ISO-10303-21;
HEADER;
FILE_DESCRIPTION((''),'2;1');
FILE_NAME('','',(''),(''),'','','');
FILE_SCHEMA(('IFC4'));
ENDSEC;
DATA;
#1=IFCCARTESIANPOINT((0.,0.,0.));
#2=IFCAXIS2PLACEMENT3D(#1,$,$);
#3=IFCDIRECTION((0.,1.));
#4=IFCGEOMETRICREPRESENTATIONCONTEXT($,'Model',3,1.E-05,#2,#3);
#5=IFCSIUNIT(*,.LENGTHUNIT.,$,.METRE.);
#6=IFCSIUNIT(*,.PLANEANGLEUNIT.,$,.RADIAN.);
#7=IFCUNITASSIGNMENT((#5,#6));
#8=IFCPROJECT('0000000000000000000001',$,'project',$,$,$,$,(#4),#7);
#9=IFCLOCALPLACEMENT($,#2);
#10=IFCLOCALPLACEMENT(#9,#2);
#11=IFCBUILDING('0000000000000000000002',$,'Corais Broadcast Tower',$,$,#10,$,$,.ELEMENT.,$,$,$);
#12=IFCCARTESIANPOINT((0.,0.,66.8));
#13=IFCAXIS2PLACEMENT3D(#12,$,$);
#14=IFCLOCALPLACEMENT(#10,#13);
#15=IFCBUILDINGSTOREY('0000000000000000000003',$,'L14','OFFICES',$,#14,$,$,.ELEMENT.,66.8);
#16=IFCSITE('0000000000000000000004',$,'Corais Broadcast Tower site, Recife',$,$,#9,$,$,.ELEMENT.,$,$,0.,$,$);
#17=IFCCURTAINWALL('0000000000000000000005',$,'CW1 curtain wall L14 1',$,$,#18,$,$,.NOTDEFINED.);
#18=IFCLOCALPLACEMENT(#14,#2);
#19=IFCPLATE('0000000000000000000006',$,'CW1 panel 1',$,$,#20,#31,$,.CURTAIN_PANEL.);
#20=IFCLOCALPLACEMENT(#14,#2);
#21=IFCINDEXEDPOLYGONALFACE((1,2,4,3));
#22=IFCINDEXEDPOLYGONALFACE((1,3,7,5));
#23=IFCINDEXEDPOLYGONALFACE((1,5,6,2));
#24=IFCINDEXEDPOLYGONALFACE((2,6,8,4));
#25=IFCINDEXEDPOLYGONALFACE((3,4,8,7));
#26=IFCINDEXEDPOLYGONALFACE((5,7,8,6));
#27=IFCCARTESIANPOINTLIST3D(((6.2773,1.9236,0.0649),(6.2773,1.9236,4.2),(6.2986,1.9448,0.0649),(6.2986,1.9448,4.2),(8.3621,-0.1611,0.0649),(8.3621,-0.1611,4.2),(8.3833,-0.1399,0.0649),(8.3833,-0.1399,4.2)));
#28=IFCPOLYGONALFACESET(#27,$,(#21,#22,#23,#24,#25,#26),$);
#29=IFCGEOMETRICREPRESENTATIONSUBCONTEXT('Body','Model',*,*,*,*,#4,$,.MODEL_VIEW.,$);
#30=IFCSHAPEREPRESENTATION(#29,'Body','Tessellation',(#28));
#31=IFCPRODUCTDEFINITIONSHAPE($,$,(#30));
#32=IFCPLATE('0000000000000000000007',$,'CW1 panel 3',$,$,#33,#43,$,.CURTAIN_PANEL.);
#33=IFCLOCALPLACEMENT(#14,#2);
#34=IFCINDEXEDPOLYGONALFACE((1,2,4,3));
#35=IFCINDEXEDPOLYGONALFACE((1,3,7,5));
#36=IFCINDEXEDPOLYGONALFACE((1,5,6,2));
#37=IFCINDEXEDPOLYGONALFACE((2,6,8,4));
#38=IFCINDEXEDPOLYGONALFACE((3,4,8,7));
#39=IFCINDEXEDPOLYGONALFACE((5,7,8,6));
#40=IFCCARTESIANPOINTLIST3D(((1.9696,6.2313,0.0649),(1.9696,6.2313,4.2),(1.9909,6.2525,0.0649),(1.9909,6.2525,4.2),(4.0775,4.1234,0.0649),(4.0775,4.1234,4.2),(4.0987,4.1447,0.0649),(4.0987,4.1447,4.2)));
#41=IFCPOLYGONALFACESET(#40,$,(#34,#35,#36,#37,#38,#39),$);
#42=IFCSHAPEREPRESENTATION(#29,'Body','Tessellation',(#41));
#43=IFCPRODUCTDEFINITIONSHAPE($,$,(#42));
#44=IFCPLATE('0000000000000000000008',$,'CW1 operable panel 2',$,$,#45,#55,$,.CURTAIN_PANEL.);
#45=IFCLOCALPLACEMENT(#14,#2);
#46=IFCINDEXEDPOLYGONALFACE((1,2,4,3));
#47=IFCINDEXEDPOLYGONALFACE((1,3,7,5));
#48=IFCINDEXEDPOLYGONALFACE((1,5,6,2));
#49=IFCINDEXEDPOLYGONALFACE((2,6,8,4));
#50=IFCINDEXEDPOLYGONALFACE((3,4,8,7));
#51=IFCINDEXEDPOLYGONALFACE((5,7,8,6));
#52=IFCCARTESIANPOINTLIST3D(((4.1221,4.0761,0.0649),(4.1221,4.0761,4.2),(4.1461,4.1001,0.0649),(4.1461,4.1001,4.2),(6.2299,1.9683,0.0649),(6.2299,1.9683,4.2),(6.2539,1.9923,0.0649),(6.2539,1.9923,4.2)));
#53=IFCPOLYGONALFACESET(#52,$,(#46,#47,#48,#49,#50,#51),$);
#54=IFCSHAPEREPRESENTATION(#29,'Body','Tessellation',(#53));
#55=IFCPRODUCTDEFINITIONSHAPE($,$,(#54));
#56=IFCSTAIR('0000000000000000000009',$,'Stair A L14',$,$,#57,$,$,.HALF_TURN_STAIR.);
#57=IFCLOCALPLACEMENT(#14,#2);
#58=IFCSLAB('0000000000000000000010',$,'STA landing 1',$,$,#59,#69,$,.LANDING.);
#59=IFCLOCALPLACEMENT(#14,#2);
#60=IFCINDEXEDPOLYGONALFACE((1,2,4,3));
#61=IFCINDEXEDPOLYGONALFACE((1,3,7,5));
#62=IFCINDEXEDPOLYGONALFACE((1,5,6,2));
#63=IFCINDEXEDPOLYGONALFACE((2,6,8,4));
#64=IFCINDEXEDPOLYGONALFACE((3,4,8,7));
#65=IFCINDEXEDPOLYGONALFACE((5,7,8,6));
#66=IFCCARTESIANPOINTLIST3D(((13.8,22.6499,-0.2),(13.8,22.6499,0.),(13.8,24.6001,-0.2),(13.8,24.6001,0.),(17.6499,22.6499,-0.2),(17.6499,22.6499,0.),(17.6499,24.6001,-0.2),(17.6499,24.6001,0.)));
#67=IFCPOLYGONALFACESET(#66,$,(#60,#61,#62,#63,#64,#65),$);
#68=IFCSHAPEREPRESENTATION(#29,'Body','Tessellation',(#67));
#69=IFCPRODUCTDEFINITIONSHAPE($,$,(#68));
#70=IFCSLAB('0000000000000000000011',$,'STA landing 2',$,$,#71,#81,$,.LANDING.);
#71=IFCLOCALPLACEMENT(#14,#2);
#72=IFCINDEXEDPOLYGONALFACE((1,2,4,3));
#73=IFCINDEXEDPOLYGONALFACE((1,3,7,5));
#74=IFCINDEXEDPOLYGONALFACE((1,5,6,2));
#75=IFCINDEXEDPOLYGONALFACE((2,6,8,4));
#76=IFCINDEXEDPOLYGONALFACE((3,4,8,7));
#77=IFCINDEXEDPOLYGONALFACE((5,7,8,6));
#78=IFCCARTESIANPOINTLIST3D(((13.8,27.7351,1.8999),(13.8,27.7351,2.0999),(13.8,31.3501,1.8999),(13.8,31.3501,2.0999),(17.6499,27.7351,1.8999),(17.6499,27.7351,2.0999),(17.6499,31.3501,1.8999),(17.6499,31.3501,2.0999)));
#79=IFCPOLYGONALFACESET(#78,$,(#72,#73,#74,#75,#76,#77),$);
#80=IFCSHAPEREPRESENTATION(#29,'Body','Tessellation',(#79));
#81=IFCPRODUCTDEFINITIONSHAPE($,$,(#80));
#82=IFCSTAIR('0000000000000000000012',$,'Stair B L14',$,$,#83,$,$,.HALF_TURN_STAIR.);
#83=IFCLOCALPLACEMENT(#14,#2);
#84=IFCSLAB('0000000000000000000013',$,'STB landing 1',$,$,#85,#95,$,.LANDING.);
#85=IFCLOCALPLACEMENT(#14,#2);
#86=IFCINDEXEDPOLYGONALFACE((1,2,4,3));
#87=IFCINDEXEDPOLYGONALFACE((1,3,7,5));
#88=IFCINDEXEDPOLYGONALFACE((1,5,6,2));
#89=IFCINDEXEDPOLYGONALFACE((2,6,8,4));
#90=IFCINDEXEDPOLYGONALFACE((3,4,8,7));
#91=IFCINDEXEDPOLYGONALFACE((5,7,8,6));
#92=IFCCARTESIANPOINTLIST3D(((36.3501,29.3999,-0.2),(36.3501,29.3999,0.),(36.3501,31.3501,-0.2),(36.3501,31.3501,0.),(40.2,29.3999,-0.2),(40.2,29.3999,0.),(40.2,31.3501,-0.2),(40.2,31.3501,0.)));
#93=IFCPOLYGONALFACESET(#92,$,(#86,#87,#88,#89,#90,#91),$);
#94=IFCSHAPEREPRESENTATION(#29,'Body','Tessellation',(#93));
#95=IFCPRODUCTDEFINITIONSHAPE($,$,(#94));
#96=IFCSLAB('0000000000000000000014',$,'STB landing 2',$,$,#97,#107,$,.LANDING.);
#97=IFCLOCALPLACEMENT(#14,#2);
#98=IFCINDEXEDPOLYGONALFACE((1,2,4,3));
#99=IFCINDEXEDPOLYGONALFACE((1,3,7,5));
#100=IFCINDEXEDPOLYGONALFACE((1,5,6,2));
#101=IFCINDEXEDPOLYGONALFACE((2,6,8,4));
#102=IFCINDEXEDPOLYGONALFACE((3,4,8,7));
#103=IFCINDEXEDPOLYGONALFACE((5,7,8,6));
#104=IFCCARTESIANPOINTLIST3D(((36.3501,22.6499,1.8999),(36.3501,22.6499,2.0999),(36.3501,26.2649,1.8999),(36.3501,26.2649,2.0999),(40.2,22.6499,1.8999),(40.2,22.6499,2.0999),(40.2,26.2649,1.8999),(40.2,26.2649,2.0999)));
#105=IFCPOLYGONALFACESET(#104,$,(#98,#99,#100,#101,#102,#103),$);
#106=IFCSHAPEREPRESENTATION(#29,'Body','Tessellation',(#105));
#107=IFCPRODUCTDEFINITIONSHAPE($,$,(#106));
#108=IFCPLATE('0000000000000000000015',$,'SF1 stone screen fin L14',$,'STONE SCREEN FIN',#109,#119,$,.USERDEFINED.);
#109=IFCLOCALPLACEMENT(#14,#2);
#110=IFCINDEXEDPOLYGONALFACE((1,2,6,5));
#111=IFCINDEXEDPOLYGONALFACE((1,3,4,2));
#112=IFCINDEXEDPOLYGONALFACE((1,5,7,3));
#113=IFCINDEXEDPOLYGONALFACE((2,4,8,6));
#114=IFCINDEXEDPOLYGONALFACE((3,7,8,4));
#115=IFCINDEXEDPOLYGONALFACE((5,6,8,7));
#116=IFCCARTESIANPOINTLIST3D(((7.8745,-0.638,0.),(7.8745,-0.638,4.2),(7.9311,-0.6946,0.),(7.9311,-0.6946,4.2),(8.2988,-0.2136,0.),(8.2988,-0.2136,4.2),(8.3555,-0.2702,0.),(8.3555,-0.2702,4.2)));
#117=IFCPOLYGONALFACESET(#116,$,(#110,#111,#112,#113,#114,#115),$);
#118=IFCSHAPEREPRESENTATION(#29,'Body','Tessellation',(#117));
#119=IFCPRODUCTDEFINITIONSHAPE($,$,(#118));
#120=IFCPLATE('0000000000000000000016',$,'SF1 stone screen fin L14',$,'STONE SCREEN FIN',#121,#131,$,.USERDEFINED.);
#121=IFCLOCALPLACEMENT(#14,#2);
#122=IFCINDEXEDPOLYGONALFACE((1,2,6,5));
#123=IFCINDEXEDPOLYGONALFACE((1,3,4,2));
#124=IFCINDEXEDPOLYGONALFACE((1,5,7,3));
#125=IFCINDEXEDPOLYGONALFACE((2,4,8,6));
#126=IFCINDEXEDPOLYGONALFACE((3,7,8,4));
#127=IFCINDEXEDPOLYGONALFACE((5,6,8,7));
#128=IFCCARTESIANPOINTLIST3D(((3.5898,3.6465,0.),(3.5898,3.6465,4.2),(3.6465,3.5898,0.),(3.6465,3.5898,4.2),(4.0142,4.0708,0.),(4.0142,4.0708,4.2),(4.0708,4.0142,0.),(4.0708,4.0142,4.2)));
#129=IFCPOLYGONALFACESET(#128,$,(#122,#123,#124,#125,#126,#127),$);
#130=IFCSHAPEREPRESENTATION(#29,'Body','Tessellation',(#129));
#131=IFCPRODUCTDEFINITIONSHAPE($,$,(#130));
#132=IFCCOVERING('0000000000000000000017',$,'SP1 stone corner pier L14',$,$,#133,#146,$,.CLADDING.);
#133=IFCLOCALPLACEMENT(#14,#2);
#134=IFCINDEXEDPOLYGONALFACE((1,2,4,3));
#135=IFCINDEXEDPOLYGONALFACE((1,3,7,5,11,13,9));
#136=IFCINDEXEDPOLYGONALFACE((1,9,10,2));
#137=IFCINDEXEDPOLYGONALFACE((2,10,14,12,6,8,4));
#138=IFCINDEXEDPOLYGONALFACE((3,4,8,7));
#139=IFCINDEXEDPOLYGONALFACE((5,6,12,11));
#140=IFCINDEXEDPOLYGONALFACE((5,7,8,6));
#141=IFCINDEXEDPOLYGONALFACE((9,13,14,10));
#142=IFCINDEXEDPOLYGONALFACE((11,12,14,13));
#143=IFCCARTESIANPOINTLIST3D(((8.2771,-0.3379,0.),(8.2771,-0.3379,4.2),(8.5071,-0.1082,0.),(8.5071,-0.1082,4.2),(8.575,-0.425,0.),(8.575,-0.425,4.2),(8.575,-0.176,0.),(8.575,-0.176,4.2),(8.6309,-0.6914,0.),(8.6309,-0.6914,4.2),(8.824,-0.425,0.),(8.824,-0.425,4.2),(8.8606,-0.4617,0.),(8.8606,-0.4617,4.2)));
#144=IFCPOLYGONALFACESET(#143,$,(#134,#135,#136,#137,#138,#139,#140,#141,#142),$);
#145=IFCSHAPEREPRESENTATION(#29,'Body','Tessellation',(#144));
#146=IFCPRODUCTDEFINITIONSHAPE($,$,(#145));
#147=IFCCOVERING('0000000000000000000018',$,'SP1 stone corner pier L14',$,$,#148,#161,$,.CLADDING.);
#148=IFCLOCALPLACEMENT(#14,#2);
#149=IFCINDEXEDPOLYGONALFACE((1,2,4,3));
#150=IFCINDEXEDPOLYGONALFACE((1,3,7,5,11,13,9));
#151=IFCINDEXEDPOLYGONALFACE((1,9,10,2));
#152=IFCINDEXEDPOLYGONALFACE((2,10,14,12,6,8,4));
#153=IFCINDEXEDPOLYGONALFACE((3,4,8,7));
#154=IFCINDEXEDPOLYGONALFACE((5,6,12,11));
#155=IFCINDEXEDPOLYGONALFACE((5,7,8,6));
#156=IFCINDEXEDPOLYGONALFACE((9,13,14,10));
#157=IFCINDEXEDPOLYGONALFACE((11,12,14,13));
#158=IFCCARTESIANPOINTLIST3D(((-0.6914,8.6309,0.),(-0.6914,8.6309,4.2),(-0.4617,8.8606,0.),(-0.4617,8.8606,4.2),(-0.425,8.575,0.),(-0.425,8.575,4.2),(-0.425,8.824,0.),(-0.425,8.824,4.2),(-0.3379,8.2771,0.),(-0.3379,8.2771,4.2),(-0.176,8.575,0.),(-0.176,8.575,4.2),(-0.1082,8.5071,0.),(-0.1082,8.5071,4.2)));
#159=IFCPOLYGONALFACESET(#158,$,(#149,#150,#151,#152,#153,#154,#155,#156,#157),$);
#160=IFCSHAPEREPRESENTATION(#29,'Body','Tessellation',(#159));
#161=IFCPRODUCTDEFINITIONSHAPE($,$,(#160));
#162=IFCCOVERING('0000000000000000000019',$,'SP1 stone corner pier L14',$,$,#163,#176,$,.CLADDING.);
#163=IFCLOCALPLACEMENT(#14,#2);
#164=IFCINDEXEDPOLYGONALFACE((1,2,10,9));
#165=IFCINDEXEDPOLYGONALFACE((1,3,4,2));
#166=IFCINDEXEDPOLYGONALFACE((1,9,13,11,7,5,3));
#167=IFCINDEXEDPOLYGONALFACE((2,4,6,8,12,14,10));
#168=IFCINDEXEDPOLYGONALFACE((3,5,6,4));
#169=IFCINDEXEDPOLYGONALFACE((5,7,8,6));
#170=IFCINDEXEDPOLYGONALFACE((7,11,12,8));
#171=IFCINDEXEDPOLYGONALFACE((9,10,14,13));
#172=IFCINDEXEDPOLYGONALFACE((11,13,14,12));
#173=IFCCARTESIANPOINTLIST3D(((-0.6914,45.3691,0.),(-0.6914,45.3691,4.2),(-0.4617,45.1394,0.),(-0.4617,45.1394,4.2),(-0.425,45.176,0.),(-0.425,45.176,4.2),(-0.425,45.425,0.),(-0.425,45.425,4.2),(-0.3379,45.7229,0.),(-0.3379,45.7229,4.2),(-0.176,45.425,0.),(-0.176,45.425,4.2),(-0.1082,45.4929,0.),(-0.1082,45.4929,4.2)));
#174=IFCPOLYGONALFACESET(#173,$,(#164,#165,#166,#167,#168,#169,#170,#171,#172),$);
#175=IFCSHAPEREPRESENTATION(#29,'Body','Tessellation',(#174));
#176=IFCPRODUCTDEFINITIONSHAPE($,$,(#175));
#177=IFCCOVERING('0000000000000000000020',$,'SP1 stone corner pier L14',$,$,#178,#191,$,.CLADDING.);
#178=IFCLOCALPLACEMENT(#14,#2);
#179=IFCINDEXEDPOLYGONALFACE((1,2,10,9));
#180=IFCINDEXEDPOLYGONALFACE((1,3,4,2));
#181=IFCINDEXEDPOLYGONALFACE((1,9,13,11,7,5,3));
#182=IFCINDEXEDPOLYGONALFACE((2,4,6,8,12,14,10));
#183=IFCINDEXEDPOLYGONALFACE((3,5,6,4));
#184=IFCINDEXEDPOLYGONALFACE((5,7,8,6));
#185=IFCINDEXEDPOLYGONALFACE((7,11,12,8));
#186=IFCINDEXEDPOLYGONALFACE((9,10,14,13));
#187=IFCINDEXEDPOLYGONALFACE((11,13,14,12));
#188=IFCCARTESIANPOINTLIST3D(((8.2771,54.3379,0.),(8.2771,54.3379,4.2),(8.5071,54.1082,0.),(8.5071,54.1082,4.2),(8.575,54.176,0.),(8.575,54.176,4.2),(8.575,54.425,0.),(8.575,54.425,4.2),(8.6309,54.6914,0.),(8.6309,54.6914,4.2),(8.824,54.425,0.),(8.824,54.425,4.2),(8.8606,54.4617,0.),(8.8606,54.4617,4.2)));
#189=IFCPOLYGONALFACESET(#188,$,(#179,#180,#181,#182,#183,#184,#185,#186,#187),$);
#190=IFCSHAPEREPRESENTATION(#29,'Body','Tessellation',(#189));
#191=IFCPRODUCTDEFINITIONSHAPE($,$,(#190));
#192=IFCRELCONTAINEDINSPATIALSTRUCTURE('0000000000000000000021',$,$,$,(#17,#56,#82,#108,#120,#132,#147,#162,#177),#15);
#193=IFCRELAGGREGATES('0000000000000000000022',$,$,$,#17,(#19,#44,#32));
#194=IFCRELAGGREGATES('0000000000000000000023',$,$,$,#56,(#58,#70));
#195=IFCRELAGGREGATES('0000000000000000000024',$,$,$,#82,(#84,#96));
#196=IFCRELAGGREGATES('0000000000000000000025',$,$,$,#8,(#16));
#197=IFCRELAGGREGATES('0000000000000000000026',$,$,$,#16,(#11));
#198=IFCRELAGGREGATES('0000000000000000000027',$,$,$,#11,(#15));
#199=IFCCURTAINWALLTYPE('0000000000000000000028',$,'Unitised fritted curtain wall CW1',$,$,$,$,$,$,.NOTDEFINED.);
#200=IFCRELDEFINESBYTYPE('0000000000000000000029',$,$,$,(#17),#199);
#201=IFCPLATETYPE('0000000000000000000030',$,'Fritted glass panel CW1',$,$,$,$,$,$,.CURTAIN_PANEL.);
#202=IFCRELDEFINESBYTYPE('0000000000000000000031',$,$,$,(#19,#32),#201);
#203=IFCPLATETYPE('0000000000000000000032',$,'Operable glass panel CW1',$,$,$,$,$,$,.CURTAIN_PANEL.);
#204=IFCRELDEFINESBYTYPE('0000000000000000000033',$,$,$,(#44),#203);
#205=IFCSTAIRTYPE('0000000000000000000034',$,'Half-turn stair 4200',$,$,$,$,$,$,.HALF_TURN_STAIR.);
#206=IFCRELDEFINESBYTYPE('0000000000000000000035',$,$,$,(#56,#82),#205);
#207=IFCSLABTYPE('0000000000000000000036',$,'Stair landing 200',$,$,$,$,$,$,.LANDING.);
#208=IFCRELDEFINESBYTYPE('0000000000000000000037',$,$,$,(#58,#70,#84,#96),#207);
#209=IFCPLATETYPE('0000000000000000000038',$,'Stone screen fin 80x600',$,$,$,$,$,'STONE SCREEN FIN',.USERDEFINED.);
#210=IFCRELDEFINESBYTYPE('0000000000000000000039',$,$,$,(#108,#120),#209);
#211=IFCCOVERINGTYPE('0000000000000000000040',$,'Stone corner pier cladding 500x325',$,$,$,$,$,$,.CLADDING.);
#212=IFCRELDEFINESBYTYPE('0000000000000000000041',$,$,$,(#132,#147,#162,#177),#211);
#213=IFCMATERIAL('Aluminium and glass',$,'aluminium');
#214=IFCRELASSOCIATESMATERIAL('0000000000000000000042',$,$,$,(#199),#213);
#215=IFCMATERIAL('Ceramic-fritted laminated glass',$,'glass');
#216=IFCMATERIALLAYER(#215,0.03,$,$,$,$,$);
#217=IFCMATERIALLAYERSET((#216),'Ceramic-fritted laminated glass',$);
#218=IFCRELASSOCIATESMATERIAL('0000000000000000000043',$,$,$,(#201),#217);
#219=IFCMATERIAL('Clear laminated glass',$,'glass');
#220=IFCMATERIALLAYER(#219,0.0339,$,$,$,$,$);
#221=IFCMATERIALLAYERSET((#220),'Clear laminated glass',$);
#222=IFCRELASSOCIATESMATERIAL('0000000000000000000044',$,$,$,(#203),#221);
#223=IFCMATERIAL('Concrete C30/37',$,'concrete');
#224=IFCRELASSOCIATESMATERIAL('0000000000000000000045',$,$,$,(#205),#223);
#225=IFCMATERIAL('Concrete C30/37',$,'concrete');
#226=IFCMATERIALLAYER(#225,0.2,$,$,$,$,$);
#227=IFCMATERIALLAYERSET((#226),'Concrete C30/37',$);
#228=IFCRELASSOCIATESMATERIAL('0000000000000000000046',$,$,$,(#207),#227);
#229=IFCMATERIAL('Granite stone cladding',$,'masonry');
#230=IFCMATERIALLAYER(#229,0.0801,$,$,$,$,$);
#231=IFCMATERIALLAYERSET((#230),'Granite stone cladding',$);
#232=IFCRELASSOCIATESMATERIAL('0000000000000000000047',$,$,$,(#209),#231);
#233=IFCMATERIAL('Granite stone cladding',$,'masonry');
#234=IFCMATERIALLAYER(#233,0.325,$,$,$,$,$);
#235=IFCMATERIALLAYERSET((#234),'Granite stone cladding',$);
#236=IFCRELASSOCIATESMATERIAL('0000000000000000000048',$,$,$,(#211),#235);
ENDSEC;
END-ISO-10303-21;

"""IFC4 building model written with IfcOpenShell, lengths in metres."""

from ifc_helpers import new_model, si_unit, direction, frame, origin, origin_2d, place, context, subcontext, project, spatial, polyline, rectangle, outline, extrude, material, layer, layer_set, type_object, element, aggregate, save


model = new_model("IFC4")

# Units and contexts
model_context = context("Model", 3, precision=1e-05, world=origin(), true_north=direction((0.0, 1.0)))
body_context = subcontext(model_context, "Body", "Model", "MODEL_VIEW")
ifc_project = project(units=[si_unit("LENGTHUNIT", "METRE"), si_unit("PLANEANGLEUNIT", "RADIAN")], contexts=[model_context])

# Site, building, storey
site_placement = place(None, origin())
site = spatial("IfcSite", under=ifc_project, at=site_placement, Name="Corais Broadcast Tower site, Recife", CompositionType="ELEMENT", RefElevation=0.0)
building_placement = place(site_placement, origin())
building = spatial("IfcBuilding", under=site, at=building_placement, Name="Corais Broadcast Tower", CompositionType="ELEMENT")
storey_placement = place(building_placement, frame((0.0, 0.0, 66.8)))
storey = spatial("IfcBuildingStorey", under=building, at=storey_placement, Name="L14", Description="OFFICES", CompositionType="ELEMENT", Elevation=66.8)

# Curtain wall
ifc_material_1 = material(Name="Aluminium and glass", Category="aluminium")
curtain_wall_type = type_object("IfcCurtainWallType", Name="Unitised fritted curtain wall CW1", PredefinedType="NOTDEFINED", material=ifc_material_1)
curtain_wall_placement = place(storey_placement, origin())
curtain_wall = element("IfcCurtainWall", 1, at=curtain_wall_placement, inside=storey, type_object=curtain_wall_type, Name="CW1 curtain wall L14 1", PredefinedType="NOTDEFINED")

# Plates
ifc_material_2 = material(Name="Ceramic-fritted laminated glass", Category="glass")
ifc_layer_1 = layer(ifc_material_2, 0.03)
ifc_layer_set_1 = layer_set([ifc_layer_1], Name="Ceramic-fritted laminated glass")
plate_type_1 = type_object("IfcPlateType", Name="Fritted glass panel CW1", PredefinedType="CURTAIN_PANEL", material=ifc_layer_set_1)
plate_1_placement = place(storey_placement, frame((7.3303, 0.8918, 0.0649), z_axis=(0.0, 0.0, 1.0), x_axis=(-0.707107, 0.707107, 0.0)))
plate_1 = element("IfcPlate", 2, at=plate_1_placement, type_object=plate_type_1, Name="CW1 panel 1", PredefinedType="CURTAIN_PANEL", context=body_context, shape_type="SweptSolid", body=[
    extrude(rectangle(XDim=2.9482, YDim=0.03, at=origin_2d()), origin(), (0.0, 0.0, 1.0), 4.135),
])
plate_2_placement = place(storey_placement, frame((3.0342, 5.188, 0.0649), z_axis=(0.0, 0.0, 1.0), x_axis=(-0.707107, 0.707107, 0.0)))
plate_2 = element("IfcPlate", 3, at=plate_2_placement, type_object=plate_type_1, Name="CW1 panel 3", PredefinedType="CURTAIN_PANEL", context=body_context, shape_type="SweptSolid", body=[
    extrude(rectangle(XDim=2.981, YDim=0.03, at=origin_2d()), origin(), (0.0, 0.0, 1.0), 4.135),
])
ifc_material_3 = material(Name="Clear laminated glass", Category="glass")
ifc_layer_2 = layer(ifc_material_3, 0.0339)
ifc_layer_set_2 = layer_set([ifc_layer_2], Name="Clear laminated glass")
plate_type_2 = type_object("IfcPlateType", Name="Operable glass panel CW1", PredefinedType="CURTAIN_PANEL", material=ifc_layer_set_2)
plate_3_placement = place(storey_placement, frame((5.188, 3.0342, 0.0649), z_axis=(0.0, 0.0, 1.0), x_axis=(-0.707107, 0.707107, 0.0)))
plate_3 = element("IfcPlate", 4, at=plate_3_placement, type_object=plate_type_2, Name="CW1 operable panel 2", PredefinedType="CURTAIN_PANEL", context=body_context, shape_type="SweptSolid", body=[
    extrude(rectangle(XDim=2.981, YDim=0.0339, at=origin_2d()), origin(), (0.0, 0.0, 1.0), 4.135),
])
aggregate(curtain_wall, [plate_1, plate_3, plate_2])

# Stairs, slabs
ifc_material_4 = material(Name="Concrete C30/37", Category="concrete")
stair_type = type_object("IfcStairType", Name="Half-turn stair 4200", PredefinedType="HALF_TURN_STAIR", material=ifc_material_4)
stair_1_placement = place(storey_placement, origin())
stair_1 = element("IfcStair", 5, at=stair_1_placement, inside=storey, type_object=stair_type, Name="Stair A L14", PredefinedType="HALF_TURN_STAIR")
ifc_material_5 = material(Name="Concrete C30/37", Category="concrete")
ifc_layer_3 = layer(ifc_material_5, 0.2)
ifc_layer_set_3 = layer_set([ifc_layer_3], Name="Concrete C30/37")
slab_type_1 = type_object("IfcSlabType", Name="Stair landing 200", PredefinedType="LANDING", material=ifc_layer_set_3)
slab_1_placement = place(storey_placement, frame((0.0, 0.0, -0.2)))
slab_1 = element("IfcSlab", 6, at=slab_1_placement, type_object=slab_type_1, Name="STA landing 1", PredefinedType="LANDING", context=body_context, shape_type="SweptSolid", body=[
    extrude(outline(polyline([(13.8, 22.6499), (17.6499, 22.6499), (17.6499, 24.6001), (13.8, 24.6001), (13.8, 22.6499)])), origin(), (0.0, 0.0, 1.0), 0.2),
])
slab_2_placement = place(storey_placement, frame((0.0, 0.0, 1.8999)))
slab_2 = element("IfcSlab", 7, at=slab_2_placement, type_object=slab_type_1, Name="STA landing 2", PredefinedType="LANDING", context=body_context, shape_type="SweptSolid", body=[
    extrude(outline(polyline([(13.8, 27.7351), (17.6499, 27.7351), (17.6499, 31.3501), (13.8, 31.3501), (13.8, 27.7351)])), origin(), (0.0, 0.0, 1.0), 0.2),
])
aggregate(stair_1, [slab_1, slab_2])
stair_2_placement = place(storey_placement, origin())
stair_2 = element("IfcStair", 8, at=stair_2_placement, inside=storey, type_object=stair_type, Name="Stair B L14", PredefinedType="HALF_TURN_STAIR")
slab_3_placement = place(storey_placement, frame((0.0, 0.0, -0.2)))
slab_3 = element("IfcSlab", 9, at=slab_3_placement, type_object=slab_type_1, Name="STB landing 1", PredefinedType="LANDING", context=body_context, shape_type="SweptSolid", body=[
    extrude(outline(polyline([(36.3501, 29.3999), (40.2, 29.3999), (40.2, 31.3501), (36.3501, 31.3501), (36.3501, 29.3999)])), origin(), (0.0, 0.0, 1.0), 0.2),
])
slab_4_placement = place(storey_placement, frame((0.0, 0.0, 1.8999)))
slab_4 = element("IfcSlab", 10, at=slab_4_placement, type_object=slab_type_1, Name="STB landing 2", PredefinedType="LANDING", context=body_context, shape_type="SweptSolid", body=[
    extrude(outline(polyline([(36.3501, 22.6499), (40.2, 22.6499), (40.2, 26.2649), (36.3501, 26.2649), (36.3501, 22.6499)])), origin(), (0.0, 0.0, 1.0), 0.2),
])
aggregate(stair_2, [slab_3, slab_4])

# Plates
ifc_material_6 = material(Name="Granite stone cladding", Category="masonry")
ifc_layer_4 = layer(ifc_material_6, 0.0801)
ifc_layer_set_4 = layer_set([ifc_layer_4], Name="Granite stone cladding")
plate_type_3 = type_object("IfcPlateType", Name="Stone screen fin 80x600", ElementType="STONE SCREEN FIN", PredefinedType="USERDEFINED", material=ifc_layer_set_4)
for number, where, z_axis, x_axis, name in (
    (11, (8.115, -0.4541, 0.0), (0.0, 0.0, 1.0), (-0.707107, 0.707107, 0.0), "SF1 stone screen fin L14"),
    (12, (3.8303, 3.8303, 0.0), (0.0, 0.0, 1.0), (-0.707107, 0.707107, 0.0), "SF1 stone screen fin L14"),
):
    element("IfcPlate", number, at=place(storey_placement, frame(where, z_axis=z_axis, x_axis=x_axis)), inside=storey, type_object=plate_type_3, Name=name, ObjectType="STONE SCREEN FIN", PredefinedType="USERDEFINED", context=body_context, shape_type="SweptSolid", body=[
        extrude(rectangle(XDim=0.0801, YDim=0.6001, at=origin_2d()), origin(), (0.0, 0.0, 1.0), 4.2),
    ])

# Coverings
ifc_material_7 = material(Name="Granite stone cladding", Category="masonry")
ifc_layer_5 = layer(ifc_material_7, 0.325)
ifc_layer_set_5 = layer_set([ifc_layer_5], Name="Granite stone cladding")
covering_type_1 = type_object("IfcCoveringType", Name="Stone corner pier cladding 500x325", PredefinedType="CLADDING", material=ifc_layer_set_5)
covering_1_placement = place(storey_placement, origin())
element("IfcCovering", 13, at=covering_1_placement, inside=storey, type_object=covering_type_1, Name="SP1 stone corner pier L14", PredefinedType="CLADDING", context=body_context, shape_type="SweptSolid", body=[
    extrude(outline(polyline([(8.8606, -0.4617), (8.824, -0.425), (8.575, -0.425), (8.575, -0.176), (8.5071, -0.1082), (8.2771, -0.3379), (8.6309, -0.6914), (8.8606, -0.4617)])), origin(), (0.0, 0.0, 1.0), 4.2),
])
covering_2_placement = place(storey_placement, origin())
element("IfcCovering", 14, at=covering_2_placement, inside=storey, type_object=covering_type_1, Name="SP1 stone corner pier L14", PredefinedType="CLADDING", context=body_context, shape_type="SweptSolid", body=[
    extrude(outline(polyline([(-0.425, 8.824), (-0.4617, 8.8606), (-0.6914, 8.6309), (-0.3379, 8.2771), (-0.1082, 8.5071), (-0.176, 8.575), (-0.425, 8.575), (-0.425, 8.824)])), origin(), (0.0, 0.0, 1.0), 4.2),
])
covering_3_placement = place(storey_placement, origin())
element("IfcCovering", 15, at=covering_3_placement, inside=storey, type_object=covering_type_1, Name="SP1 stone corner pier L14", PredefinedType="CLADDING", context=body_context, shape_type="SweptSolid", body=[
    extrude(outline(polyline([(-0.4617, 45.1394), (-0.425, 45.176), (-0.425, 45.425), (-0.176, 45.425), (-0.1082, 45.4929), (-0.3379, 45.7229), (-0.6914, 45.3691), (-0.4617, 45.1394)])), origin(), (0.0, 0.0, 1.0), 4.2),
])
covering_4_placement = place(storey_placement, origin())
element("IfcCovering", 16, at=covering_4_placement, inside=storey, type_object=covering_type_1, Name="SP1 stone corner pier L14", PredefinedType="CLADDING", context=body_context, shape_type="SweptSolid", body=[
    extrude(outline(polyline([(8.824, 54.425), (8.8606, 54.4617), (8.6309, 54.6914), (8.2771, 54.3379), (8.5071, 54.1082), (8.575, 54.176), (8.575, 54.425), (8.824, 54.425)])), origin(), (0.0, 0.0, 1.0), 4.2),
])

save(model, "model.ifc")
